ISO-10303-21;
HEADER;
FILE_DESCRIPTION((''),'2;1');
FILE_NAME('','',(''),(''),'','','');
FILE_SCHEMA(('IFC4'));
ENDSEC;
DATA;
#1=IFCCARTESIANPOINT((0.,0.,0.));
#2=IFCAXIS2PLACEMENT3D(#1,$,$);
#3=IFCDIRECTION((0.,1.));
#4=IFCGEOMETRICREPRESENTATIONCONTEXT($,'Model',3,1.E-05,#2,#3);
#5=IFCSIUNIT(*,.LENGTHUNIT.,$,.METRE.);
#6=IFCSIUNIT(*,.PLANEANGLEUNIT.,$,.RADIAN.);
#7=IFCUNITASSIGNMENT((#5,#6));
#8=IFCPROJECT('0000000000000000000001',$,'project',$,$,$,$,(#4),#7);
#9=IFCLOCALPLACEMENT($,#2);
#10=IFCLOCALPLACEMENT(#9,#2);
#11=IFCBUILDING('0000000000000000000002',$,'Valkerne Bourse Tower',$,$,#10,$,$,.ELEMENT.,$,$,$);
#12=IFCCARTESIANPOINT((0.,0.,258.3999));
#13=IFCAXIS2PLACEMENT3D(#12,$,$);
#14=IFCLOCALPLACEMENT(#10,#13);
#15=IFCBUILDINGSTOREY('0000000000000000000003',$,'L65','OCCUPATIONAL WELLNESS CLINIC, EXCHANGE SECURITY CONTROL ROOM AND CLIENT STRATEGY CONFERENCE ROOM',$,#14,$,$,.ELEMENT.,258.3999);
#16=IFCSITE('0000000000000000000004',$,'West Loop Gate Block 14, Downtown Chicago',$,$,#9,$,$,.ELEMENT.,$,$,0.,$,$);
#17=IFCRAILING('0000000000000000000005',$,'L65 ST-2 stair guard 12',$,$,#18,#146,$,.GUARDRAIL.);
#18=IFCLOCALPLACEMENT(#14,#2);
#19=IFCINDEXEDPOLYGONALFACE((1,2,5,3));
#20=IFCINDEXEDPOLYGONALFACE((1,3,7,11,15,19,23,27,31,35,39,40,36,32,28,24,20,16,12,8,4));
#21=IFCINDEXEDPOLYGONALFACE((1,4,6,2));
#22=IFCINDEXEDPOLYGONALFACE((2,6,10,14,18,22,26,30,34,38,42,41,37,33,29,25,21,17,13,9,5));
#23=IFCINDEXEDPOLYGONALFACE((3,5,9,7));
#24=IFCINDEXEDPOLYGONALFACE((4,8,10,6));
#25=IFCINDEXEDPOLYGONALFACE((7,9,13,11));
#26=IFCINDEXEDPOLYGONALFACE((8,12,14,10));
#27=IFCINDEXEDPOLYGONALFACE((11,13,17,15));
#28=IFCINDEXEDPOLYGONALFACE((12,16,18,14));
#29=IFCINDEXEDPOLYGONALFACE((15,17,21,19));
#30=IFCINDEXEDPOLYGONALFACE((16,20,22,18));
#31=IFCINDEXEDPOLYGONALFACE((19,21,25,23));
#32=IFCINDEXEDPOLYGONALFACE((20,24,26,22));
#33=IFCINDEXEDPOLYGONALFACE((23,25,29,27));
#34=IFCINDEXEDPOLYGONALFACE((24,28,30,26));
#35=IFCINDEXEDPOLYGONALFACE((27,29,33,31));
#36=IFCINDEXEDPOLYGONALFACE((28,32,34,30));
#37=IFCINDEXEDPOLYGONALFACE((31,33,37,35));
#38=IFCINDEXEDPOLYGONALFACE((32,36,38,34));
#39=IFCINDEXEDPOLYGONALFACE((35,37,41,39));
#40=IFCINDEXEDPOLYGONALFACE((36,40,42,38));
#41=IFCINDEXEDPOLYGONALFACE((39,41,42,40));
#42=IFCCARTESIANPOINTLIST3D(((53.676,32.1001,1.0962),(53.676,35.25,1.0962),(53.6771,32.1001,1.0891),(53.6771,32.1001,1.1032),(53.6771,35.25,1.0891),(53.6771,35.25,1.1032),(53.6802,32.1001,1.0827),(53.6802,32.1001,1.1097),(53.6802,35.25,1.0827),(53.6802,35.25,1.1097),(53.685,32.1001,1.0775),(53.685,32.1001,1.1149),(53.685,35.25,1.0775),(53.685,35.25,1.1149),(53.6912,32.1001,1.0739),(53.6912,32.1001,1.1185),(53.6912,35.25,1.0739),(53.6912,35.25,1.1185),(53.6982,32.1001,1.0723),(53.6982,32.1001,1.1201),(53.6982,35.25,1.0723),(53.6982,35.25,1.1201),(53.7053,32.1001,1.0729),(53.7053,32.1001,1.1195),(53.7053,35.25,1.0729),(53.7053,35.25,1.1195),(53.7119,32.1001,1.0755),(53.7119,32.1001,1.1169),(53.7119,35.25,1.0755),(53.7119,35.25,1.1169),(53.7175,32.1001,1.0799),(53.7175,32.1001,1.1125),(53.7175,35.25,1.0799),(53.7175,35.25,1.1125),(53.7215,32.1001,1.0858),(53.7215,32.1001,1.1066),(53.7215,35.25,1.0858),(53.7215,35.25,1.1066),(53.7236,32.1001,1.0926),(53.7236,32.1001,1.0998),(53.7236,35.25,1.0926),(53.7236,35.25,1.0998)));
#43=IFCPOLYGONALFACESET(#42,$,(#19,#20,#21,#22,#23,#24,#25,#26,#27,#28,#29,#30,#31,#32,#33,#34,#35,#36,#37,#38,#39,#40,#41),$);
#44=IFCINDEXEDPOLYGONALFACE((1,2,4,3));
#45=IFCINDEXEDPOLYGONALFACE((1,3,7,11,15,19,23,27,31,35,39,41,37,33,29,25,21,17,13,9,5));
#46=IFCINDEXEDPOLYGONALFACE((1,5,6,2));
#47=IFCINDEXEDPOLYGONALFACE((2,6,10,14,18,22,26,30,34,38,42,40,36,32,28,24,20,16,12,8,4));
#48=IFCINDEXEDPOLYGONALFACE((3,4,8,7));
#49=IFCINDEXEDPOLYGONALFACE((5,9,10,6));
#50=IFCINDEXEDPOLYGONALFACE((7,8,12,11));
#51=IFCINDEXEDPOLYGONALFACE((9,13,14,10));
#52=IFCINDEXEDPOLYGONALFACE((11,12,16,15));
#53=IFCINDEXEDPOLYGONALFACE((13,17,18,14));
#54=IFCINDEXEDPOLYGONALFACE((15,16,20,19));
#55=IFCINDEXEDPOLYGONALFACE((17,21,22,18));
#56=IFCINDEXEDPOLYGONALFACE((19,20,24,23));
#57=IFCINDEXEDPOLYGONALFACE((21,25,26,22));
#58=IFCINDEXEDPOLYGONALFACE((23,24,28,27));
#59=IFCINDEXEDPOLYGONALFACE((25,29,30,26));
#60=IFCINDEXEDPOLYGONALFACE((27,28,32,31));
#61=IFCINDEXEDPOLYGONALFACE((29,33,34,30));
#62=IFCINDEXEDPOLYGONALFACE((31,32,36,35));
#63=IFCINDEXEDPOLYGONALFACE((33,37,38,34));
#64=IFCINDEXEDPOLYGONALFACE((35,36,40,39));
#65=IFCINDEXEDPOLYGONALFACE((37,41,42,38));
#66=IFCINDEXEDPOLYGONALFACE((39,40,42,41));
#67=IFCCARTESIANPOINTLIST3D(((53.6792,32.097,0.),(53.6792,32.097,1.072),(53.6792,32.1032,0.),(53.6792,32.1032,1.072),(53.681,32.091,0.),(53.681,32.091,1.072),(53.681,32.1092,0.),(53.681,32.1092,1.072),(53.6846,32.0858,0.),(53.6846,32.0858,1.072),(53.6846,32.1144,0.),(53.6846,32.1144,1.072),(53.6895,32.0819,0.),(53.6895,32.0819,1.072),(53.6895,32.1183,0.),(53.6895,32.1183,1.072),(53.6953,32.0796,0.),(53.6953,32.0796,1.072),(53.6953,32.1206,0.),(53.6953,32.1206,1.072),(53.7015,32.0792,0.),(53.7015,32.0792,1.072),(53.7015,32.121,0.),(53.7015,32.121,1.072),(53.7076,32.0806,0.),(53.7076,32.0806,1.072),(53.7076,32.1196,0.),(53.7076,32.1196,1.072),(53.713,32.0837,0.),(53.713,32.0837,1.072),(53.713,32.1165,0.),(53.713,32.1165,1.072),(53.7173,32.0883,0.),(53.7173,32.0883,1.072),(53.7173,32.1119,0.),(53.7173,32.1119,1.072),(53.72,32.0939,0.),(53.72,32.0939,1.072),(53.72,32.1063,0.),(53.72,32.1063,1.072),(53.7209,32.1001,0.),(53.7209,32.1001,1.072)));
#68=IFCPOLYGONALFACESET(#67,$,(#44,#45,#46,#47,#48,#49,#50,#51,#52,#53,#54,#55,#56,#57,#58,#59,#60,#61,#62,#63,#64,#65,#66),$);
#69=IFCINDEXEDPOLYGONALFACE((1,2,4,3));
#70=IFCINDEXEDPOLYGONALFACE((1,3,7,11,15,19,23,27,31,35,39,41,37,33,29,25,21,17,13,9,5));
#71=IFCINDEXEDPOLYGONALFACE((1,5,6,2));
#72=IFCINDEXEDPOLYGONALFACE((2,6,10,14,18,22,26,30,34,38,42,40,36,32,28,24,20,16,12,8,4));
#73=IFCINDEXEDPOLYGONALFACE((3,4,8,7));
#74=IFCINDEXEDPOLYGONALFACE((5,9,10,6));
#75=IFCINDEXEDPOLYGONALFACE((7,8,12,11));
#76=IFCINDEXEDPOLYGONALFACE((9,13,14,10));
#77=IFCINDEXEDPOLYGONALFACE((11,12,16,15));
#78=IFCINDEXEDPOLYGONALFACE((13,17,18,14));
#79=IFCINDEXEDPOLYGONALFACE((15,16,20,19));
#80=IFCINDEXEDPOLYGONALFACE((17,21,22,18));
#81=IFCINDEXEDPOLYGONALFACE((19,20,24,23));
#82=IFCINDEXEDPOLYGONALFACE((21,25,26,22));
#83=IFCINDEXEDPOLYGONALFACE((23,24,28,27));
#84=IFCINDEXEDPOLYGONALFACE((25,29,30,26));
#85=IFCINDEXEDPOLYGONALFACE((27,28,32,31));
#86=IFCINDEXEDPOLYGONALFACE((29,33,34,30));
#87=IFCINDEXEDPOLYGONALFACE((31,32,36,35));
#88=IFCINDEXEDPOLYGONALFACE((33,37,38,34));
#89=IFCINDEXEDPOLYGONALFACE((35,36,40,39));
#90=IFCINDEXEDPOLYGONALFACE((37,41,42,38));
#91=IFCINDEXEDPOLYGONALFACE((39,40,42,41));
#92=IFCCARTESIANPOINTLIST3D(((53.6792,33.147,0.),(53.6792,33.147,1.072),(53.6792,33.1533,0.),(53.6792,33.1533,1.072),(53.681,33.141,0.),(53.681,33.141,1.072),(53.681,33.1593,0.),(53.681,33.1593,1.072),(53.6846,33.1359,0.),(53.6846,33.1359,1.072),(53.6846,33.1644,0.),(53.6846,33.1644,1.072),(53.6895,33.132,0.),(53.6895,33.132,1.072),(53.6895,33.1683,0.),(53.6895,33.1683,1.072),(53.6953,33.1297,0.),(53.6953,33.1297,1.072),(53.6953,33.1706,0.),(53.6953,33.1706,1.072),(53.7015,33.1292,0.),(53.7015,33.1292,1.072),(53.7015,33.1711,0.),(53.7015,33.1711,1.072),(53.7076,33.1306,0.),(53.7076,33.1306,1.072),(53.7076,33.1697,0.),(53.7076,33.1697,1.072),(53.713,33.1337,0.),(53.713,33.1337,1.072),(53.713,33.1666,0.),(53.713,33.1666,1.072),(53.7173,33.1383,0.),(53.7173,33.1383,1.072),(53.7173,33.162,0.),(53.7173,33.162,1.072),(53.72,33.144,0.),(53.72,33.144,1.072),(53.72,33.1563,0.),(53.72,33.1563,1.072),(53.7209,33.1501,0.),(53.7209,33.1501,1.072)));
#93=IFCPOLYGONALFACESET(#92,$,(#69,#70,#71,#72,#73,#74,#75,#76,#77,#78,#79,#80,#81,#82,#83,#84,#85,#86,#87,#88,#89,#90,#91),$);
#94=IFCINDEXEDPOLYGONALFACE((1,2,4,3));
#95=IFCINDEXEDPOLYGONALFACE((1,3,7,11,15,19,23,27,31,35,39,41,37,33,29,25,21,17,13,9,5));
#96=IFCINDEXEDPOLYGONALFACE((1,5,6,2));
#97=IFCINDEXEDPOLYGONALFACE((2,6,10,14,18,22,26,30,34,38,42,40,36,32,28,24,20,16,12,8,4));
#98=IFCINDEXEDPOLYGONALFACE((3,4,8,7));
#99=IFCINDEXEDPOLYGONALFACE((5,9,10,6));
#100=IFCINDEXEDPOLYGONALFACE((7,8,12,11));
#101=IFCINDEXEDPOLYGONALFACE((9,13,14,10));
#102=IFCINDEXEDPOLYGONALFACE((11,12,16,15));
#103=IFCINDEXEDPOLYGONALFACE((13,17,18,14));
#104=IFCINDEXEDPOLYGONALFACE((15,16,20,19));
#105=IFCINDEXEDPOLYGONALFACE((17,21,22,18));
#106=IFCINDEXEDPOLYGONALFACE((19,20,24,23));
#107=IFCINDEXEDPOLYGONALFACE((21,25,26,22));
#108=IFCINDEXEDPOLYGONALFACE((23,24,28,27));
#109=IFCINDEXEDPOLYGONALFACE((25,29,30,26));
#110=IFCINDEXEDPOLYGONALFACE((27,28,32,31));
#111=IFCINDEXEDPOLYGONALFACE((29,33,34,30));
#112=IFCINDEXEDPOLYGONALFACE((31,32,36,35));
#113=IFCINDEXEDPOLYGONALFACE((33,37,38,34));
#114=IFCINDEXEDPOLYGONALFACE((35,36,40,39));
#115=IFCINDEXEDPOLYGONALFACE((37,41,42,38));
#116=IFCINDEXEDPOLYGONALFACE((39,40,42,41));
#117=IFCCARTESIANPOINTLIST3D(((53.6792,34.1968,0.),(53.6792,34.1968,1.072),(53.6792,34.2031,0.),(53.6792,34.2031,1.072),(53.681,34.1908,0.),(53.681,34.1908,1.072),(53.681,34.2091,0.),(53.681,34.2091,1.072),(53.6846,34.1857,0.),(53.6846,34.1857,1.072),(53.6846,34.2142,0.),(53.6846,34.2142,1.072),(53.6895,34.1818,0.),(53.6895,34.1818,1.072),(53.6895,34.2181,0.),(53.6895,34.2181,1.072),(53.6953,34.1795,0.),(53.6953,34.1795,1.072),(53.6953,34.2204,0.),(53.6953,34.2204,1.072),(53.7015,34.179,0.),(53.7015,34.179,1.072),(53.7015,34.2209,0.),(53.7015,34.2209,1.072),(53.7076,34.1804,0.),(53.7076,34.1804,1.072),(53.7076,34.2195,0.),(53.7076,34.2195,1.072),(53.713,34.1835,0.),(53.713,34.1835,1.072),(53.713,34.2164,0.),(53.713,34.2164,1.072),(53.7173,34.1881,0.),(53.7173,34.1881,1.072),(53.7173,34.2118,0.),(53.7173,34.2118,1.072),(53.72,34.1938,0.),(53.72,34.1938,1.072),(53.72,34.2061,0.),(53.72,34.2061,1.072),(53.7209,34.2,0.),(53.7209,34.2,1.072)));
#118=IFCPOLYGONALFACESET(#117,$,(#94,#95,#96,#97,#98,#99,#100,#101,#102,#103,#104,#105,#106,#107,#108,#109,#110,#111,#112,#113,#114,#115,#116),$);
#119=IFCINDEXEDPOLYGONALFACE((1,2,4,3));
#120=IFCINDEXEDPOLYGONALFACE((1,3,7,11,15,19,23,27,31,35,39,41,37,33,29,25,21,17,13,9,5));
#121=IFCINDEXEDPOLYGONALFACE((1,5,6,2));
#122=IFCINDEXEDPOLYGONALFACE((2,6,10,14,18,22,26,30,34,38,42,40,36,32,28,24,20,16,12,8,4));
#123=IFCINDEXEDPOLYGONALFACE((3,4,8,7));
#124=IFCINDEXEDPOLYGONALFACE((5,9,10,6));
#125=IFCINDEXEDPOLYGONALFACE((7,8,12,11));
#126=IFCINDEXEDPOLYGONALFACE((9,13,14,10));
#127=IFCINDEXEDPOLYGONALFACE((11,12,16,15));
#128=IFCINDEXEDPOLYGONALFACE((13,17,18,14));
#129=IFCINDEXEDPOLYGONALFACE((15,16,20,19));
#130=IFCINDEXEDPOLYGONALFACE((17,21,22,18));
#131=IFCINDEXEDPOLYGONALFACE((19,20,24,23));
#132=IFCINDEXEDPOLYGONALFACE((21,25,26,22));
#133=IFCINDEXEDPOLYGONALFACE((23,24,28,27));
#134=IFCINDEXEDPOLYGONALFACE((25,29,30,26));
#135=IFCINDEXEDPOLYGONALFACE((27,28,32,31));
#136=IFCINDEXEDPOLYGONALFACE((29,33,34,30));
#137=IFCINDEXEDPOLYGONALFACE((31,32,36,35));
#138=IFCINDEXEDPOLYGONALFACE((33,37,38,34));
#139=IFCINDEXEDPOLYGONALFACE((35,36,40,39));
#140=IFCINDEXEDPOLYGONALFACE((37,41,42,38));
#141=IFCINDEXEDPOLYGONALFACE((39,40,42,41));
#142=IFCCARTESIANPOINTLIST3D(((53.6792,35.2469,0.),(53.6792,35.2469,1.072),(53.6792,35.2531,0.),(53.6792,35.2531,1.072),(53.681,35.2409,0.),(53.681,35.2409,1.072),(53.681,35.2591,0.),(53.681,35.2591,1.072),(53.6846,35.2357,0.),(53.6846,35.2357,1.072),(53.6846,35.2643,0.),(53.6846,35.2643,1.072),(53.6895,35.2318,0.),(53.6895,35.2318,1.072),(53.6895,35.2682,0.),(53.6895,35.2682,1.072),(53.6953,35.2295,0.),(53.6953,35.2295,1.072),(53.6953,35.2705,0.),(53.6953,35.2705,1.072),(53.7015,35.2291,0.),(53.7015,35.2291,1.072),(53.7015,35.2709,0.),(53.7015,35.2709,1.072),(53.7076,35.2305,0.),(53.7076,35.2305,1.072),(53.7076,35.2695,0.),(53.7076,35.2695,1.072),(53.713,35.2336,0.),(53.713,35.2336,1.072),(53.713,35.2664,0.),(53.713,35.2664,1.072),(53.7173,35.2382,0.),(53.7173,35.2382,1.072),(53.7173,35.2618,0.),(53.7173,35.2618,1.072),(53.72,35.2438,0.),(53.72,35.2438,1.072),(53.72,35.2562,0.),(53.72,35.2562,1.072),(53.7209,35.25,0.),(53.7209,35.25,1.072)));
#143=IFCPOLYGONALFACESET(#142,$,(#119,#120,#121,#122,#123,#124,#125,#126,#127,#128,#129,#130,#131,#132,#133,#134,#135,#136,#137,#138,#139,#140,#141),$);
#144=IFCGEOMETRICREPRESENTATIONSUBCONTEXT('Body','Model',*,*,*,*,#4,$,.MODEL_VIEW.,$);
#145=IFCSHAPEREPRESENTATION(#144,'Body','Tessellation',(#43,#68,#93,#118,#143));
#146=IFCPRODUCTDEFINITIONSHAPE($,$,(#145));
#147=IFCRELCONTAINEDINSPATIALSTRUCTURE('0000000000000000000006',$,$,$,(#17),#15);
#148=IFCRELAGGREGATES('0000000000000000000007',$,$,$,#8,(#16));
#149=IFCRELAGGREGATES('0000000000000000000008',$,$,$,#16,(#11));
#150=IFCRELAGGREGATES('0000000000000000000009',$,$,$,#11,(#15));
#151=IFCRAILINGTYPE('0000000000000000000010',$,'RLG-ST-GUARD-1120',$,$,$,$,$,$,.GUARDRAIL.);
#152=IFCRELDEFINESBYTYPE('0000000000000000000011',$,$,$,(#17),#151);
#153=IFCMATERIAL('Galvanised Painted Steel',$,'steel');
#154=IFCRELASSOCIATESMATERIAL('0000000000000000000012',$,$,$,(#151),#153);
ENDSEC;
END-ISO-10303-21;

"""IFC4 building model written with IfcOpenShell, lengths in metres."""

from ifc_helpers import new_model, si_unit, direction, frame, origin, origin_2d, place, context, subcontext, project, spatial, circle, extrude, material, type_object, element, save


model = new_model("IFC4")

# Units and contexts
model_context = context("Model", 3, precision=1e-05, world=origin(), true_north=direction((0.0, 1.0)))
body_context = subcontext(model_context, "Body", "Model", "MODEL_VIEW")
ifc_project = project(units=[si_unit("LENGTHUNIT", "METRE"), si_unit("PLANEANGLEUNIT", "RADIAN")], contexts=[model_context])

# Site, building, storey
site_placement = place(None, origin())
site = spatial("IfcSite", under=ifc_project, at=site_placement, Name="West Loop Gate Block 14, Downtown Chicago", CompositionType="ELEMENT", RefElevation=0.0)
building_placement = place(site_placement, origin())
building = spatial("IfcBuilding", under=site, at=building_placement, Name="Valkerne Bourse Tower", CompositionType="ELEMENT")
storey_placement = place(building_placement, frame((0.0, 0.0, 258.3999)))
storey = spatial("IfcBuildingStorey", under=building, at=storey_placement, Name="L65", Description="OCCUPATIONAL WELLNESS CLINIC, EXCHANGE SECURITY CONTROL ROOM AND CLIENT STRATEGY CONFERENCE ROOM", CompositionType="ELEMENT", Elevation=258.3999)

# Railing
ifc_material_1 = material(Name="Galvanised Painted Steel", Category="steel")
railing_type = type_object("IfcRailingType", Name="RLG-ST-GUARD-1120", PredefinedType="GUARDRAIL", material=ifc_material_1)
railing_1_placement = place(storey_placement, frame((53.7, 32.1001, 0.0)))
element("IfcRailing", 1, at=railing_1_placement, inside=storey, type_object=railing_type, Name="L65 ST-2 stair guard 12", PredefinedType="GUARDRAIL", context=body_context, shape_type="SweptSolid", body=[
    extrude(circle(Radius=0.0239, at=origin_2d()), frame((0.0, 0.0, 1.0962), z_axis=(0.0, 1.0, 0.0), x_axis=(-1.0, 0.0, 0.0)), (0.0, 0.0, 1.0), 3.1499),
    extrude(circle(Radius=0.021, at=origin_2d()), origin(), (0.0, 0.0, 1.0), 1.072),
    extrude(circle(Radius=0.021, at=origin_2d()), frame((0.0, 1.05, 0.0)), (0.0, 0.0, 1.0), 1.072),
    extrude(circle(Radius=0.021, at=origin_2d()), frame((0.0, 2.0999, 0.0)), (0.0, 0.0, 1.0), 1.072),
    extrude(circle(Radius=0.021, at=origin_2d()), frame((0.0, 3.1499, 0.0)), (0.0, 0.0, 1.0), 1.072),
])

save(model, "model.ifc")
